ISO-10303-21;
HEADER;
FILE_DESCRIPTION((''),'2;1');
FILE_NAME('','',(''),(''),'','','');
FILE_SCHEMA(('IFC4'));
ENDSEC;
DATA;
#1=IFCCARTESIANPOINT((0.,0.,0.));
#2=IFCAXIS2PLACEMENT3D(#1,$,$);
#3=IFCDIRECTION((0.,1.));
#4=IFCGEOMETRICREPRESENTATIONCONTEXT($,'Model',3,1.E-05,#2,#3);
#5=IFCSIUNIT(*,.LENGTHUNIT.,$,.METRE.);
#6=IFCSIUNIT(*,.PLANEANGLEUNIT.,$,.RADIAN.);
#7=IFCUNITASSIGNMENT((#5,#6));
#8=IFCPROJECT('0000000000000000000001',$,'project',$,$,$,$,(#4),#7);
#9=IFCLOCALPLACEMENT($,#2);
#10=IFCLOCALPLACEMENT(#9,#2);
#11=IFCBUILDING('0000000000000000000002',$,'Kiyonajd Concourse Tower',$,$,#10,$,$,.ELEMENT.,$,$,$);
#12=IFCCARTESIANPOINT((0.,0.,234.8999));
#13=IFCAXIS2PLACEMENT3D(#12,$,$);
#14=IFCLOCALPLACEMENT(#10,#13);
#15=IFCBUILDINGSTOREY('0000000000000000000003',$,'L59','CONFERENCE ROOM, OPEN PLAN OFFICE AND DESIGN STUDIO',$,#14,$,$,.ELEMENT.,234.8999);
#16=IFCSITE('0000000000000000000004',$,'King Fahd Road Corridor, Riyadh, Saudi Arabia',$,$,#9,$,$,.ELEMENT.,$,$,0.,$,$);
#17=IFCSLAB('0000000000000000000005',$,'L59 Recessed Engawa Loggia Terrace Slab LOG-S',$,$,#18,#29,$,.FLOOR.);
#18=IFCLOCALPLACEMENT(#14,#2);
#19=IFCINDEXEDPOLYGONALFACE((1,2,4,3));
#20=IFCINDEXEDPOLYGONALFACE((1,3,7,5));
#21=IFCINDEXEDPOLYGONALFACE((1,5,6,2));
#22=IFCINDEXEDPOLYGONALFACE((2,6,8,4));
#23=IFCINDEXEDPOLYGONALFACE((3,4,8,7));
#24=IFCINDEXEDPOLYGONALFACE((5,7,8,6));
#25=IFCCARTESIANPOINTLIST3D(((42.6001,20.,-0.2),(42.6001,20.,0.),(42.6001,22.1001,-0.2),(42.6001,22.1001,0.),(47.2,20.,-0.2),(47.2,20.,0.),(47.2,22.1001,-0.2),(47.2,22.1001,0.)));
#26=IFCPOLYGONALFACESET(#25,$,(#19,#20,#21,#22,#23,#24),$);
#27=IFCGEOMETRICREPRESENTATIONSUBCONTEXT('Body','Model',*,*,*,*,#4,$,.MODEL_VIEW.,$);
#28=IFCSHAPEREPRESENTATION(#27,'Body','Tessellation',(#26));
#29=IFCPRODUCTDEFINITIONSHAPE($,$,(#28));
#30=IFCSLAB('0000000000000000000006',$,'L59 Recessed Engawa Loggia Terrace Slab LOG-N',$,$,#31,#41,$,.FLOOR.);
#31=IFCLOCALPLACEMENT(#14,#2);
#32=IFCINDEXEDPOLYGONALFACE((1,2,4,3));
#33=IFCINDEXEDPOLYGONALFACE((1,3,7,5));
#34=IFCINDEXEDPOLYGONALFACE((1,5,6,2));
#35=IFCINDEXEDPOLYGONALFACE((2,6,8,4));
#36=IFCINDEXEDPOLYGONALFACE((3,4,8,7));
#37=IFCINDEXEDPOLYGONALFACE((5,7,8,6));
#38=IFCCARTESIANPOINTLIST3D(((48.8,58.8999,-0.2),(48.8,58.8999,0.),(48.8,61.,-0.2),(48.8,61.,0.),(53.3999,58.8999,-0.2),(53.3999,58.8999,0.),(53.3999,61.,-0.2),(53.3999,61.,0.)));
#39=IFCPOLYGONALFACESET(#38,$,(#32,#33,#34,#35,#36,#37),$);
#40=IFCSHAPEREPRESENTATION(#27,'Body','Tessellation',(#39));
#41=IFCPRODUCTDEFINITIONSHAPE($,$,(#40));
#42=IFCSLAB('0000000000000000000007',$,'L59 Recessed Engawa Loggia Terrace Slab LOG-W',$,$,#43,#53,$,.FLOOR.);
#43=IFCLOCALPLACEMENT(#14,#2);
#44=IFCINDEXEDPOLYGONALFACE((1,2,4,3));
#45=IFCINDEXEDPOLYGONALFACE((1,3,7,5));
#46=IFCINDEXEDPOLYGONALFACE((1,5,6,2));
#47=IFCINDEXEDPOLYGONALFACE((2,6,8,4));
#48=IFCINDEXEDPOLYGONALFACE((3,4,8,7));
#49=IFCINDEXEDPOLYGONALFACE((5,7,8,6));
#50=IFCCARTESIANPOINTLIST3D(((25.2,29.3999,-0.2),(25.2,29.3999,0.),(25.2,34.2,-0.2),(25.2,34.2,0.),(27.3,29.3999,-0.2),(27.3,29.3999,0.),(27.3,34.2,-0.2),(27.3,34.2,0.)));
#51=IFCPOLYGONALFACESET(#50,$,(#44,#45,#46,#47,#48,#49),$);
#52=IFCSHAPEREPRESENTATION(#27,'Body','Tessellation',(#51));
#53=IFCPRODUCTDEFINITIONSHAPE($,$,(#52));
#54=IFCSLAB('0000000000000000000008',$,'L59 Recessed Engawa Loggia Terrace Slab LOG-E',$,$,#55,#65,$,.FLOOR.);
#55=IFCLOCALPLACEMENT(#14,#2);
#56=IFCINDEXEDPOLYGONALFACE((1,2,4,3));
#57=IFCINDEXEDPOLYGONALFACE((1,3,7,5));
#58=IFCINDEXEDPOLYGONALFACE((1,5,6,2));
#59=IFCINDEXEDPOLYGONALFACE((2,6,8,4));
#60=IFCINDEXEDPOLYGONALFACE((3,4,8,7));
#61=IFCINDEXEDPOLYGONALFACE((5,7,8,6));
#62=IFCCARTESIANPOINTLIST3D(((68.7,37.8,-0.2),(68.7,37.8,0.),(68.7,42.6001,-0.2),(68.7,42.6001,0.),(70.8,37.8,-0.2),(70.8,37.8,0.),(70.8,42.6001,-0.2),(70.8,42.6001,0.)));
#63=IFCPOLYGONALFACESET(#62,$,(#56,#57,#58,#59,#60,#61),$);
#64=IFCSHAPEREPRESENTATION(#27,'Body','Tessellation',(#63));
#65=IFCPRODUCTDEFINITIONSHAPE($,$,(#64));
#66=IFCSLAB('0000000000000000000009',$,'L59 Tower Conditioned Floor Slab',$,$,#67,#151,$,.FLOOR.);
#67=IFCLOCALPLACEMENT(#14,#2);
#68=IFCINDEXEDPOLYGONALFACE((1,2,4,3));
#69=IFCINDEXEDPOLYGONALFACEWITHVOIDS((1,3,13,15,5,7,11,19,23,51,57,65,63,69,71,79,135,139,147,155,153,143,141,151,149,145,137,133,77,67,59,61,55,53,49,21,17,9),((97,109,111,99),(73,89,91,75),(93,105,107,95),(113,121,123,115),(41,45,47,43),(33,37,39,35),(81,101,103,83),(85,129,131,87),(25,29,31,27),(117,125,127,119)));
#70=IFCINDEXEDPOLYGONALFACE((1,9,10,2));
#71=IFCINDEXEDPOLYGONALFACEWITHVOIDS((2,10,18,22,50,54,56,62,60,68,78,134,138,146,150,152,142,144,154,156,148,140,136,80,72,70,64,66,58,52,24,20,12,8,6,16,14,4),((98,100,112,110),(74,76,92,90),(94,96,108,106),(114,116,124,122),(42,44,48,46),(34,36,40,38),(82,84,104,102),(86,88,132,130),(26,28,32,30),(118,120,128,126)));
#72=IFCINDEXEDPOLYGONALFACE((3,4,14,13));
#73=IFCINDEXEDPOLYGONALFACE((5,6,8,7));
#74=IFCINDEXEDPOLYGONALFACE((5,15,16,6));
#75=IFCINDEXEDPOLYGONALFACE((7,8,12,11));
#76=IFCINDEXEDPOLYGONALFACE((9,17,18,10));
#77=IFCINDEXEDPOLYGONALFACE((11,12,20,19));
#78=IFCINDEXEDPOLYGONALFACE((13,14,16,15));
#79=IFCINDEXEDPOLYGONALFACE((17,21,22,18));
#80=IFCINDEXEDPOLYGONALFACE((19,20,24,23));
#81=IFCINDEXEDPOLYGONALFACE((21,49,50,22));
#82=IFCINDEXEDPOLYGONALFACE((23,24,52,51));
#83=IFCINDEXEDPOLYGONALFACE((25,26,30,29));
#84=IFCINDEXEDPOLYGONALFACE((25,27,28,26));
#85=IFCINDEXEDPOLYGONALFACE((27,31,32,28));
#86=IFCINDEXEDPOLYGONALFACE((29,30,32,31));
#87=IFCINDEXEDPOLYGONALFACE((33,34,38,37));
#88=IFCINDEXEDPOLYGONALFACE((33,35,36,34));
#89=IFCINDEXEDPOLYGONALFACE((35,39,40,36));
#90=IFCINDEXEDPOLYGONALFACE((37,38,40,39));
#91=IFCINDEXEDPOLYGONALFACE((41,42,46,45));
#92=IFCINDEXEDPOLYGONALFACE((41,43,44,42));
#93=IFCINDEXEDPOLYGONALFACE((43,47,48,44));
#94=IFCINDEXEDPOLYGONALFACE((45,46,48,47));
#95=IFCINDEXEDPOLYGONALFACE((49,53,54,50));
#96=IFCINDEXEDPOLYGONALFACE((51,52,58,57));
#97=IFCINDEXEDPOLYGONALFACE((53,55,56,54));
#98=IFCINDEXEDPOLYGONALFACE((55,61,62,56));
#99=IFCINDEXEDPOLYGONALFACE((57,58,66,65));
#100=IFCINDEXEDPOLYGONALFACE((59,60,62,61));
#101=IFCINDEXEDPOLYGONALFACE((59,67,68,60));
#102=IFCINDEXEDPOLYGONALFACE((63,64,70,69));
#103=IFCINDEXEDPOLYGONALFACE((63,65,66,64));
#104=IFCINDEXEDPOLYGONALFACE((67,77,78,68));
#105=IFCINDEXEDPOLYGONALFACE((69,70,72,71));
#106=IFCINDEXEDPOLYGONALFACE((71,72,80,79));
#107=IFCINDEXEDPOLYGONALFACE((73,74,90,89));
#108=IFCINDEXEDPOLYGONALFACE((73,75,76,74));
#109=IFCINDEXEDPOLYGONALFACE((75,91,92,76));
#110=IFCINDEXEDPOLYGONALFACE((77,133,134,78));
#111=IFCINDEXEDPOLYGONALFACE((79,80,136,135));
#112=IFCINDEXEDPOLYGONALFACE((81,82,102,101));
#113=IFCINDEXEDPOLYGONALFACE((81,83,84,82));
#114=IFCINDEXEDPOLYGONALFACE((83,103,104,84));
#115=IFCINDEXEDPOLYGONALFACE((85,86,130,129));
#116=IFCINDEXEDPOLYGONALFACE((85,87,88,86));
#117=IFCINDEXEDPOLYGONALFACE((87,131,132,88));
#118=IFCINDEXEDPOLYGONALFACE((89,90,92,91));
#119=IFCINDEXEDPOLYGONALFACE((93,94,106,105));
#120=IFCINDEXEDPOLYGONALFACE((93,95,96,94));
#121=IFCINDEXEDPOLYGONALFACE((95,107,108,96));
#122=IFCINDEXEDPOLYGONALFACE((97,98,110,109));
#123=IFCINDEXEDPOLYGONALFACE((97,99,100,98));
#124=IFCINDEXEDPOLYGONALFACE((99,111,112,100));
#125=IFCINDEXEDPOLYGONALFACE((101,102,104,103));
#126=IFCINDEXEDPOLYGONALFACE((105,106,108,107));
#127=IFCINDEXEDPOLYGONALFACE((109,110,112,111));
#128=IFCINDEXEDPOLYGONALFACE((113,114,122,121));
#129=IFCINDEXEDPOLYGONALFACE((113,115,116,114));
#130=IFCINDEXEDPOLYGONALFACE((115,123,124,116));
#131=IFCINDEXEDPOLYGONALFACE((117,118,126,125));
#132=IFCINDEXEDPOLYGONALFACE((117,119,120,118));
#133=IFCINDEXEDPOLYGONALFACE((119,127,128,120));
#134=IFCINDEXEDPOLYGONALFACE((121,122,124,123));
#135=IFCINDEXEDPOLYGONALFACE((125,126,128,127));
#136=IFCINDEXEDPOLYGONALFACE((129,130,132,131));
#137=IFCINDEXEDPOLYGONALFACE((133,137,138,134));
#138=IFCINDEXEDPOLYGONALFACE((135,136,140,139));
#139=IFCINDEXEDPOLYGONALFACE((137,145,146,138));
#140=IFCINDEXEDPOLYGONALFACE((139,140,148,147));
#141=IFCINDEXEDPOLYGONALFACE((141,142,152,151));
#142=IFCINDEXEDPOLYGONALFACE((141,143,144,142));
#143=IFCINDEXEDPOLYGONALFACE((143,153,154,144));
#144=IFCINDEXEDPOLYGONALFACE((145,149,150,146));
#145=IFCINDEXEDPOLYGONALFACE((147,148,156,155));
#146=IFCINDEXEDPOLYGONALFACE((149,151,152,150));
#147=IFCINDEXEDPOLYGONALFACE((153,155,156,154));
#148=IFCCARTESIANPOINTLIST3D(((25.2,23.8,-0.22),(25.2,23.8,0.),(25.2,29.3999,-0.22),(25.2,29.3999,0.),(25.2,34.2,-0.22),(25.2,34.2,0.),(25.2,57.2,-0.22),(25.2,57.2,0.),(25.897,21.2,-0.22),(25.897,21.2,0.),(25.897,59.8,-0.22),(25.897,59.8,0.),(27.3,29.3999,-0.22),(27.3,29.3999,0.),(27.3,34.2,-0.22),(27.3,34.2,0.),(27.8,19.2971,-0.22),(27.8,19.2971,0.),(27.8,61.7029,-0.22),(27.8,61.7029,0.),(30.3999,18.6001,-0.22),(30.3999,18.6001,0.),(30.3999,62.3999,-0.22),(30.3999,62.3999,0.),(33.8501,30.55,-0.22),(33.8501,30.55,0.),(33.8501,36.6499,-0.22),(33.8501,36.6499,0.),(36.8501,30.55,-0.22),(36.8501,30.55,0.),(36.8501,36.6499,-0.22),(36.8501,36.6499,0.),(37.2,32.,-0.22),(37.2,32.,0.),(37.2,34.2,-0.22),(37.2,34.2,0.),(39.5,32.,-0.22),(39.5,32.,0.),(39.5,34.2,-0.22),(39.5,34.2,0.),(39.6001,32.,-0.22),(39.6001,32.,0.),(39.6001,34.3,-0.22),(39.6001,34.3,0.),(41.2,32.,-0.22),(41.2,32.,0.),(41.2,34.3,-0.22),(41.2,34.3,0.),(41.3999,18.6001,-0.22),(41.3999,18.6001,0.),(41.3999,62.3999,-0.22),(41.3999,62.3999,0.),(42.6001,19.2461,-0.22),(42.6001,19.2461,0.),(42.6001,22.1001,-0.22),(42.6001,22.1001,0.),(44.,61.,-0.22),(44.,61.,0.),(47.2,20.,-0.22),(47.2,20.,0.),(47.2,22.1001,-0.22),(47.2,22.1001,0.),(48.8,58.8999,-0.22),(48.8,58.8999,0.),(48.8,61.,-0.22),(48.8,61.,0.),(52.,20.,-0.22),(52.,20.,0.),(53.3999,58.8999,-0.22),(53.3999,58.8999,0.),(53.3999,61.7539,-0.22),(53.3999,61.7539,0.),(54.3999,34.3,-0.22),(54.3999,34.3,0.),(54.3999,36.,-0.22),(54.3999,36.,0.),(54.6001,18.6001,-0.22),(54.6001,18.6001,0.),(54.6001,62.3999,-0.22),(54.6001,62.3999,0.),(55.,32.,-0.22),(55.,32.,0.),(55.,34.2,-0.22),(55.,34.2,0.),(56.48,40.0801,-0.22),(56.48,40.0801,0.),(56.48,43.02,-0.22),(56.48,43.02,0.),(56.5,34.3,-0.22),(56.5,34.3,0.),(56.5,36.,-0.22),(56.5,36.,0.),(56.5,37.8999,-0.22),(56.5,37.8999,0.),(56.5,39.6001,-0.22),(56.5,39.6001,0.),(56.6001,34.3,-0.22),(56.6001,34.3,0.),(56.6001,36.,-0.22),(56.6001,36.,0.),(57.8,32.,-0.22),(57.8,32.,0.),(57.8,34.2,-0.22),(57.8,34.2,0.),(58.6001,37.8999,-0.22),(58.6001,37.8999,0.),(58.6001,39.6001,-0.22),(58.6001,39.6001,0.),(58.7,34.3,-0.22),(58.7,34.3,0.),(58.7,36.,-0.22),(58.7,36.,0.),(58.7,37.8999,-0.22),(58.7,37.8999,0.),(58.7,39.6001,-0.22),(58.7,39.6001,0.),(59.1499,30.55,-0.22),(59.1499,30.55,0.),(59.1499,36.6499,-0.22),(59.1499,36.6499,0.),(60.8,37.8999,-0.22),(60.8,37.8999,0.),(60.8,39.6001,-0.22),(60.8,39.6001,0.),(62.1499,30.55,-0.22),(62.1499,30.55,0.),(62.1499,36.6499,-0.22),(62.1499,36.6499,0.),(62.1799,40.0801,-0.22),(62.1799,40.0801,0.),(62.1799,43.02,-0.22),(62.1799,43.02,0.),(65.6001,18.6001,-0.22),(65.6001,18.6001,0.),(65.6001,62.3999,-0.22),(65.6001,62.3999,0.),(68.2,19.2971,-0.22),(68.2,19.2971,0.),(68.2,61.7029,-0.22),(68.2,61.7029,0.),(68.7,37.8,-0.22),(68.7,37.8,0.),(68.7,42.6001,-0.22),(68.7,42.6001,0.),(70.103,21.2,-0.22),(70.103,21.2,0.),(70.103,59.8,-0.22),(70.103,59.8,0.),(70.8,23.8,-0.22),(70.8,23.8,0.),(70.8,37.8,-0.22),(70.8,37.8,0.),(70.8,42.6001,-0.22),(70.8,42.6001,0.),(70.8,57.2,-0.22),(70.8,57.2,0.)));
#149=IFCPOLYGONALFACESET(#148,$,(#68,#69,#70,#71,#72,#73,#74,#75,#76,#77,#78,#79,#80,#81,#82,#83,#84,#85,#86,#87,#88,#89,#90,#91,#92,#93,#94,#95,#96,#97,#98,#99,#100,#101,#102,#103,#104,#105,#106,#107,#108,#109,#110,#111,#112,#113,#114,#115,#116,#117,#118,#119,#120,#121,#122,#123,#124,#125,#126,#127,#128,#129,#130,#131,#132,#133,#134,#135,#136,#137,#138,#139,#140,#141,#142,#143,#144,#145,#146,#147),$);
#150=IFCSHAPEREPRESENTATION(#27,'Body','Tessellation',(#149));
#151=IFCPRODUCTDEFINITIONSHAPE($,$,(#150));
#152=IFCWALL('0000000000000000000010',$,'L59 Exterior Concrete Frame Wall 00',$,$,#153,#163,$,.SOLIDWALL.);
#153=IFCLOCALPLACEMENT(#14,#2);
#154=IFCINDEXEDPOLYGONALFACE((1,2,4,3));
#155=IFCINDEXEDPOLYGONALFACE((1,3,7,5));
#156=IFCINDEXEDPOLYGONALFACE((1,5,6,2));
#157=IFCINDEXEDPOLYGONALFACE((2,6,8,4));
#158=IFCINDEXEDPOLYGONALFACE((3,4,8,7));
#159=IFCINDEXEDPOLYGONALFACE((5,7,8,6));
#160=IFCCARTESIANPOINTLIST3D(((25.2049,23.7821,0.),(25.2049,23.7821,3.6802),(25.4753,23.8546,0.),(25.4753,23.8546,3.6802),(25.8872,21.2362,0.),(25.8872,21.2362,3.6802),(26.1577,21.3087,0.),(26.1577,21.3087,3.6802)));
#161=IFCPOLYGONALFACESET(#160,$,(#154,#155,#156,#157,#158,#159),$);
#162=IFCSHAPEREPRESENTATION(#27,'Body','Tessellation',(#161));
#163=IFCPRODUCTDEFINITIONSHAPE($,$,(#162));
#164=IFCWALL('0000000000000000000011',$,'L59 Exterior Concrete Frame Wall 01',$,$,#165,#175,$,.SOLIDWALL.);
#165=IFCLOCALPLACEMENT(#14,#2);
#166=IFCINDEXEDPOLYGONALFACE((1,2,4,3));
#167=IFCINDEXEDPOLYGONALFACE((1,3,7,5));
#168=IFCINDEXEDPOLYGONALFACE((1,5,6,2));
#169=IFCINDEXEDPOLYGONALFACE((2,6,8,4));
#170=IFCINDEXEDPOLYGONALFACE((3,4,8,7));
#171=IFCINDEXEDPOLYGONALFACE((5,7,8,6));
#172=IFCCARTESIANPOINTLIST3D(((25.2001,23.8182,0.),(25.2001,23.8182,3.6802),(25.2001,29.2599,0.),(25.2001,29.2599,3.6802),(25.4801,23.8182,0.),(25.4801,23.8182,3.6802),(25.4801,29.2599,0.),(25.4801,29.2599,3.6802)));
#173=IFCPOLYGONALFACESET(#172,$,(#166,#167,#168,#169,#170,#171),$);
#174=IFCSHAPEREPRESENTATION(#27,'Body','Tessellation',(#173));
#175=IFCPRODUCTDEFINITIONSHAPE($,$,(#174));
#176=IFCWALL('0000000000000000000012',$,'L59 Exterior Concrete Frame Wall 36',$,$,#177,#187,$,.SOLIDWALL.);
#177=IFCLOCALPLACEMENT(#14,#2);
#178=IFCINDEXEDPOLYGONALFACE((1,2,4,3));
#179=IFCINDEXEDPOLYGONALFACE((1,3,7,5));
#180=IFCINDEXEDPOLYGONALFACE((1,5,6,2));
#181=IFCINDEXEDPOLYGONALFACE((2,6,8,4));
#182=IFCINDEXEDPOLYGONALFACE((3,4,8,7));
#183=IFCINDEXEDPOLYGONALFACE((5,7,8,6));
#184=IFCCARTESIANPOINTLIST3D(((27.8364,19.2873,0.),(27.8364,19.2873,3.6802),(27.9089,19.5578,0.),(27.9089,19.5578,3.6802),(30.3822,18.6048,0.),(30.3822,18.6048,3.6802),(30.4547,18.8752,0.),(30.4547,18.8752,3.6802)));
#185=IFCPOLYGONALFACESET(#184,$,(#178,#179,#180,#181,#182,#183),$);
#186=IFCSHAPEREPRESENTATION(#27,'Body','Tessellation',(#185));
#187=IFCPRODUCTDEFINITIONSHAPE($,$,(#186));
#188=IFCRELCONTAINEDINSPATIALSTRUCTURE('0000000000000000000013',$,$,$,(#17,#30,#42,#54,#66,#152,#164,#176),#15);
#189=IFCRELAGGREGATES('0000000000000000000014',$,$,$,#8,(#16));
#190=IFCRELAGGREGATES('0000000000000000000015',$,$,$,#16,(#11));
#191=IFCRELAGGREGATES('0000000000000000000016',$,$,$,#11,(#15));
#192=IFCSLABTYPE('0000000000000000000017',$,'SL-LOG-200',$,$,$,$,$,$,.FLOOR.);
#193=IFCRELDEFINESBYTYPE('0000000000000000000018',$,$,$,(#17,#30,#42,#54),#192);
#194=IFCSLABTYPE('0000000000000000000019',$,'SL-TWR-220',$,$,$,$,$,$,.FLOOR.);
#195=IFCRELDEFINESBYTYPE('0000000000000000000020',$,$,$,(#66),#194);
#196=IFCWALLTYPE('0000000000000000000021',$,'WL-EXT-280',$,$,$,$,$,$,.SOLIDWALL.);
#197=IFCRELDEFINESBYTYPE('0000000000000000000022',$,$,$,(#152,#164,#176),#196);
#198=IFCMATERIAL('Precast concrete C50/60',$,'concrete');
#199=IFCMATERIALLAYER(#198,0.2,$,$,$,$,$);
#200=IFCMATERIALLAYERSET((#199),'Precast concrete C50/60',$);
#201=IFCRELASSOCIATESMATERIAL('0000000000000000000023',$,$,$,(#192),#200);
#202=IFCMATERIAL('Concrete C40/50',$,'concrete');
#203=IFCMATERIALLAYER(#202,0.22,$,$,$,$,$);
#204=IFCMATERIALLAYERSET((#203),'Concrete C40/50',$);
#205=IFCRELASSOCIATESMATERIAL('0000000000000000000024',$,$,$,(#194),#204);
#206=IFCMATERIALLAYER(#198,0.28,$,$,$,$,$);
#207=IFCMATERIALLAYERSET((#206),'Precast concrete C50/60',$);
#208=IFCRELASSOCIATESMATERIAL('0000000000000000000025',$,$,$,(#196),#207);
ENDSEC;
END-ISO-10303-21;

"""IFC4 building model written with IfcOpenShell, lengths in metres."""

from ifc_helpers import new_model, si_unit, direction, frame, frame_2d, origin, place, context, subcontext, project, spatial, polyline, rectangle, outline, extrude, material, layer, layer_set, type_object, element, save


model = new_model("IFC4")

# Units and contexts
model_context = context("Model", 3, precision=1e-05, world=origin(), true_north=direction((0.0, 1.0)))
body_context = subcontext(model_context, "Body", "Model", "MODEL_VIEW")
ifc_project = project(units=[si_unit("LENGTHUNIT", "METRE"), si_unit("PLANEANGLEUNIT", "RADIAN")], contexts=[model_context])

# Site, building, storey
site_placement = place(None, origin())
site = spatial("IfcSite", under=ifc_project, at=site_placement, Name="King Fahd Road Corridor, Riyadh, Saudi Arabia", CompositionType="ELEMENT", RefElevation=0.0)
building_placement = place(site_placement, origin())
building = spatial("IfcBuilding", under=site, at=building_placement, Name="Kiyonajd Concourse Tower", CompositionType="ELEMENT")
storey_placement = place(building_placement, frame((0.0, 0.0, 234.8999)))
storey = spatial("IfcBuildingStorey", under=building, at=storey_placement, Name="L59", Description="CONFERENCE ROOM, OPEN PLAN OFFICE AND DESIGN STUDIO", CompositionType="ELEMENT", Elevation=234.8999)

# Shared definitions
ifc_material_1 = material(Name="Concrete C40/50", Category="concrete")

# Slabs
ifc_material_2 = material(Name="Precast concrete C50/60", Category="concrete")
ifc_layer_1 = layer(ifc_material_2, 0.2)
ifc_layer_set_1 = layer_set([ifc_layer_1], Name="Precast concrete C50/60")
slab_type_1 = type_object("IfcSlabType", Name="SL-LOG-200", PredefinedType="FLOOR", material=ifc_layer_set_1)
slab_1_placement = place(storey_placement, frame((0.0, 0.0, -0.2)))
element("IfcSlab", 1, at=slab_1_placement, inside=storey, type_object=slab_type_1, Name="L59 Recessed Engawa Loggia Terrace Slab LOG-S", PredefinedType="FLOOR", context=body_context, shape_type="SweptSolid", body=[
    extrude(outline(polyline([(42.6001, 20.0), (47.2, 20.0), (47.2, 22.1001), (42.6001, 22.1001), (42.6001, 20.0)])), origin(), (0.0, 0.0, 1.0), 0.2),
])
slab_2_placement = place(storey_placement, frame((0.0, 0.0, -0.2)))
element("IfcSlab", 2, at=slab_2_placement, inside=storey, type_object=slab_type_1, Name="L59 Recessed Engawa Loggia Terrace Slab LOG-N", PredefinedType="FLOOR", context=body_context, shape_type="SweptSolid", body=[
    extrude(outline(polyline([(48.8, 58.8999), (53.3999, 58.8999), (53.3999, 61.0), (48.8, 61.0), (48.8, 58.8999)])), origin(), (0.0, 0.0, 1.0), 0.2),
])
slab_3_placement = place(storey_placement, frame((0.0, 0.0, -0.2)))
element("IfcSlab", 3, at=slab_3_placement, inside=storey, type_object=slab_type_1, Name="L59 Recessed Engawa Loggia Terrace Slab LOG-W", PredefinedType="FLOOR", context=body_context, shape_type="SweptSolid", body=[
    extrude(outline(polyline([(25.2, 29.3999), (27.3, 29.3999), (27.3, 34.2), (25.2, 34.2), (25.2, 29.3999)])), origin(), (0.0, 0.0, 1.0), 0.2),
])
slab_4_placement = place(storey_placement, frame((0.0, 0.0, -0.2)))
element("IfcSlab", 4, at=slab_4_placement, inside=storey, type_object=slab_type_1, Name="L59 Recessed Engawa Loggia Terrace Slab LOG-E", PredefinedType="FLOOR", context=body_context, shape_type="SweptSolid", body=[
    extrude(outline(polyline([(68.7, 37.8), (70.8, 37.8), (70.8, 42.6001), (68.7, 42.6001), (68.7, 37.8)])), origin(), (0.0, 0.0, 1.0), 0.2),
])
ifc_layer_2 = layer(ifc_material_1, 0.22)
ifc_layer_set_2 = layer_set([ifc_layer_2], Name="Concrete C40/50")
slab_type_2 = type_object("IfcSlabType", Name="SL-TWR-220", PredefinedType="FLOOR", material=ifc_layer_set_2)
slab_5_placement = place(storey_placement, frame((0.0, 0.0, -0.22)))
element("IfcSlab", 5, at=slab_5_placement, inside=storey, type_object=slab_type_2, Name="L59 Tower Conditioned Floor Slab", PredefinedType="FLOOR", context=body_context, shape_type="SweptSolid", body=[
    extrude(outline(polyline([(25.897, 21.2), (25.2, 23.8), (25.2, 29.3999), (27.3, 29.3999), (27.3, 34.2), (25.2, 34.2), (25.2, 57.2), (25.897, 59.8), (27.8, 61.7029), (30.3999, 62.3999), (41.3999, 62.3999), (44.0, 61.0), (48.8, 61.0), (48.8, 58.8999), (53.3999, 58.8999), (53.3999, 61.7539), (54.6001, 62.3999), (65.6001, 62.3999), (68.2, 61.7029), (70.103, 59.8), (70.8, 57.2), (70.8, 42.6001), (68.7, 42.6001), (68.7, 37.8), (70.8, 37.8), (70.8, 23.8), (70.103, 21.2), (68.2, 19.2971), (65.6001, 18.6001), (54.6001, 18.6001), (52.0, 20.0), (47.2, 20.0), (47.2, 22.1001), (42.6001, 22.1001), (42.6001, 19.2461), (41.3999, 18.6001), (30.3999, 18.6001), (27.8, 19.2971), (25.897, 21.2)]), holes=[polyline([(39.5, 32.0), (37.2, 32.0), (37.2, 34.2), (39.5, 34.2), (39.5, 32.0)]), polyline([(57.8, 32.0), (55.0, 32.0), (55.0, 34.2), (57.8, 34.2), (57.8, 32.0)]), polyline([(41.2, 32.0), (39.6001, 32.0), (39.6001, 34.3), (41.2, 34.3), (41.2, 32.0)]), polyline([(33.8501, 30.55), (33.8501, 36.6499), (36.8501, 36.6499), (36.8501, 30.55), (33.8501, 30.55)]), polyline([(59.1499, 30.55), (59.1499, 36.6499), (62.1499, 36.6499), (62.1499, 30.55), (59.1499, 30.55)]), polyline([(56.5, 34.3), (54.3999, 34.3), (54.3999, 36.0), (56.5, 36.0), (56.5, 34.3)]), polyline([(58.7, 34.3), (56.6001, 34.3), (56.6001, 36.0), (58.7, 36.0), (58.7, 34.3)]), polyline([(58.6001, 37.8999), (56.5, 37.8999), (56.5, 39.6001), (58.6001, 39.6001), (58.6001, 37.8999)]), polyline([(58.7, 37.8999), (58.7, 39.6001), (60.8, 39.6001), (60.8, 37.8999), (58.7, 37.8999)]), polyline([(56.48, 43.02), (62.1799, 43.02), (62.1799, 40.0801), (56.48, 40.0801), (56.48, 43.02)])]), origin(), (0.0, 0.0, 1.0), 0.22),
])

# Walls
ifc_layer_3 = layer(ifc_material_2, 0.28)
ifc_layer_set_3 = layer_set([ifc_layer_3], Name="Precast concrete C50/60")
wall_type_1 = type_object("IfcWallType", Name="WL-EXT-280", PredefinedType="SOLIDWALL", material=ifc_layer_set_3)
wall_1_placement = place(storey_placement, frame((26.0225, 21.2725, 0.0), z_axis=(0.0, 0.0, 1.0), x_axis=(-0.25889, 0.965907, 0.0)))
element("IfcWall", 6, at=wall_1_placement, inside=storey, type_object=wall_type_1, Name="L59 Exterior Concrete Frame Wall 00", PredefinedType="SOLIDWALL", context=body_context, shape_type="SweptSolid", body=[
    extrude(rectangle(XDim=2.6357, YDim=0.28, at=frame_2d((1.3179, 0.0))), origin(), (0.0, 0.0, 1.0), 3.6802),
])
wall_2_placement = place(storey_placement, frame((25.3401, 23.8184, 0.0), z_axis=(0.0, 0.0, 1.0), x_axis=(0.0, 1.0, 0.0)))
element("IfcWall", 7, at=wall_2_placement, inside=storey, type_object=wall_type_1, Name="L59 Exterior Concrete Frame Wall 01", PredefinedType="SOLIDWALL", context=body_context, shape_type="SweptSolid", body=[
    extrude(rectangle(XDim=5.4417, YDim=0.28, at=frame_2d((2.7207, 0.0))), origin(), (0.0, 0.0, 1.0), 3.6802),
])
wall_3_placement = place(storey_placement, frame((30.4185, 18.74, 0.0), z_axis=(0.0, 0.0, 1.0), x_axis=(-0.965884, 0.258977, 0.0)))
element("IfcWall", 8, at=wall_3_placement, inside=storey, type_object=wall_type_1, Name="L59 Exterior Concrete Frame Wall 36", PredefinedType="SOLIDWALL", context=body_context, shape_type="SweptSolid", body=[
    extrude(rectangle(XDim=2.6357, YDim=0.28, at=frame_2d((1.3179, 0.0))), origin(), (0.0, 0.0, 1.0), 3.6802),
])

save(model, "model.ifc")
